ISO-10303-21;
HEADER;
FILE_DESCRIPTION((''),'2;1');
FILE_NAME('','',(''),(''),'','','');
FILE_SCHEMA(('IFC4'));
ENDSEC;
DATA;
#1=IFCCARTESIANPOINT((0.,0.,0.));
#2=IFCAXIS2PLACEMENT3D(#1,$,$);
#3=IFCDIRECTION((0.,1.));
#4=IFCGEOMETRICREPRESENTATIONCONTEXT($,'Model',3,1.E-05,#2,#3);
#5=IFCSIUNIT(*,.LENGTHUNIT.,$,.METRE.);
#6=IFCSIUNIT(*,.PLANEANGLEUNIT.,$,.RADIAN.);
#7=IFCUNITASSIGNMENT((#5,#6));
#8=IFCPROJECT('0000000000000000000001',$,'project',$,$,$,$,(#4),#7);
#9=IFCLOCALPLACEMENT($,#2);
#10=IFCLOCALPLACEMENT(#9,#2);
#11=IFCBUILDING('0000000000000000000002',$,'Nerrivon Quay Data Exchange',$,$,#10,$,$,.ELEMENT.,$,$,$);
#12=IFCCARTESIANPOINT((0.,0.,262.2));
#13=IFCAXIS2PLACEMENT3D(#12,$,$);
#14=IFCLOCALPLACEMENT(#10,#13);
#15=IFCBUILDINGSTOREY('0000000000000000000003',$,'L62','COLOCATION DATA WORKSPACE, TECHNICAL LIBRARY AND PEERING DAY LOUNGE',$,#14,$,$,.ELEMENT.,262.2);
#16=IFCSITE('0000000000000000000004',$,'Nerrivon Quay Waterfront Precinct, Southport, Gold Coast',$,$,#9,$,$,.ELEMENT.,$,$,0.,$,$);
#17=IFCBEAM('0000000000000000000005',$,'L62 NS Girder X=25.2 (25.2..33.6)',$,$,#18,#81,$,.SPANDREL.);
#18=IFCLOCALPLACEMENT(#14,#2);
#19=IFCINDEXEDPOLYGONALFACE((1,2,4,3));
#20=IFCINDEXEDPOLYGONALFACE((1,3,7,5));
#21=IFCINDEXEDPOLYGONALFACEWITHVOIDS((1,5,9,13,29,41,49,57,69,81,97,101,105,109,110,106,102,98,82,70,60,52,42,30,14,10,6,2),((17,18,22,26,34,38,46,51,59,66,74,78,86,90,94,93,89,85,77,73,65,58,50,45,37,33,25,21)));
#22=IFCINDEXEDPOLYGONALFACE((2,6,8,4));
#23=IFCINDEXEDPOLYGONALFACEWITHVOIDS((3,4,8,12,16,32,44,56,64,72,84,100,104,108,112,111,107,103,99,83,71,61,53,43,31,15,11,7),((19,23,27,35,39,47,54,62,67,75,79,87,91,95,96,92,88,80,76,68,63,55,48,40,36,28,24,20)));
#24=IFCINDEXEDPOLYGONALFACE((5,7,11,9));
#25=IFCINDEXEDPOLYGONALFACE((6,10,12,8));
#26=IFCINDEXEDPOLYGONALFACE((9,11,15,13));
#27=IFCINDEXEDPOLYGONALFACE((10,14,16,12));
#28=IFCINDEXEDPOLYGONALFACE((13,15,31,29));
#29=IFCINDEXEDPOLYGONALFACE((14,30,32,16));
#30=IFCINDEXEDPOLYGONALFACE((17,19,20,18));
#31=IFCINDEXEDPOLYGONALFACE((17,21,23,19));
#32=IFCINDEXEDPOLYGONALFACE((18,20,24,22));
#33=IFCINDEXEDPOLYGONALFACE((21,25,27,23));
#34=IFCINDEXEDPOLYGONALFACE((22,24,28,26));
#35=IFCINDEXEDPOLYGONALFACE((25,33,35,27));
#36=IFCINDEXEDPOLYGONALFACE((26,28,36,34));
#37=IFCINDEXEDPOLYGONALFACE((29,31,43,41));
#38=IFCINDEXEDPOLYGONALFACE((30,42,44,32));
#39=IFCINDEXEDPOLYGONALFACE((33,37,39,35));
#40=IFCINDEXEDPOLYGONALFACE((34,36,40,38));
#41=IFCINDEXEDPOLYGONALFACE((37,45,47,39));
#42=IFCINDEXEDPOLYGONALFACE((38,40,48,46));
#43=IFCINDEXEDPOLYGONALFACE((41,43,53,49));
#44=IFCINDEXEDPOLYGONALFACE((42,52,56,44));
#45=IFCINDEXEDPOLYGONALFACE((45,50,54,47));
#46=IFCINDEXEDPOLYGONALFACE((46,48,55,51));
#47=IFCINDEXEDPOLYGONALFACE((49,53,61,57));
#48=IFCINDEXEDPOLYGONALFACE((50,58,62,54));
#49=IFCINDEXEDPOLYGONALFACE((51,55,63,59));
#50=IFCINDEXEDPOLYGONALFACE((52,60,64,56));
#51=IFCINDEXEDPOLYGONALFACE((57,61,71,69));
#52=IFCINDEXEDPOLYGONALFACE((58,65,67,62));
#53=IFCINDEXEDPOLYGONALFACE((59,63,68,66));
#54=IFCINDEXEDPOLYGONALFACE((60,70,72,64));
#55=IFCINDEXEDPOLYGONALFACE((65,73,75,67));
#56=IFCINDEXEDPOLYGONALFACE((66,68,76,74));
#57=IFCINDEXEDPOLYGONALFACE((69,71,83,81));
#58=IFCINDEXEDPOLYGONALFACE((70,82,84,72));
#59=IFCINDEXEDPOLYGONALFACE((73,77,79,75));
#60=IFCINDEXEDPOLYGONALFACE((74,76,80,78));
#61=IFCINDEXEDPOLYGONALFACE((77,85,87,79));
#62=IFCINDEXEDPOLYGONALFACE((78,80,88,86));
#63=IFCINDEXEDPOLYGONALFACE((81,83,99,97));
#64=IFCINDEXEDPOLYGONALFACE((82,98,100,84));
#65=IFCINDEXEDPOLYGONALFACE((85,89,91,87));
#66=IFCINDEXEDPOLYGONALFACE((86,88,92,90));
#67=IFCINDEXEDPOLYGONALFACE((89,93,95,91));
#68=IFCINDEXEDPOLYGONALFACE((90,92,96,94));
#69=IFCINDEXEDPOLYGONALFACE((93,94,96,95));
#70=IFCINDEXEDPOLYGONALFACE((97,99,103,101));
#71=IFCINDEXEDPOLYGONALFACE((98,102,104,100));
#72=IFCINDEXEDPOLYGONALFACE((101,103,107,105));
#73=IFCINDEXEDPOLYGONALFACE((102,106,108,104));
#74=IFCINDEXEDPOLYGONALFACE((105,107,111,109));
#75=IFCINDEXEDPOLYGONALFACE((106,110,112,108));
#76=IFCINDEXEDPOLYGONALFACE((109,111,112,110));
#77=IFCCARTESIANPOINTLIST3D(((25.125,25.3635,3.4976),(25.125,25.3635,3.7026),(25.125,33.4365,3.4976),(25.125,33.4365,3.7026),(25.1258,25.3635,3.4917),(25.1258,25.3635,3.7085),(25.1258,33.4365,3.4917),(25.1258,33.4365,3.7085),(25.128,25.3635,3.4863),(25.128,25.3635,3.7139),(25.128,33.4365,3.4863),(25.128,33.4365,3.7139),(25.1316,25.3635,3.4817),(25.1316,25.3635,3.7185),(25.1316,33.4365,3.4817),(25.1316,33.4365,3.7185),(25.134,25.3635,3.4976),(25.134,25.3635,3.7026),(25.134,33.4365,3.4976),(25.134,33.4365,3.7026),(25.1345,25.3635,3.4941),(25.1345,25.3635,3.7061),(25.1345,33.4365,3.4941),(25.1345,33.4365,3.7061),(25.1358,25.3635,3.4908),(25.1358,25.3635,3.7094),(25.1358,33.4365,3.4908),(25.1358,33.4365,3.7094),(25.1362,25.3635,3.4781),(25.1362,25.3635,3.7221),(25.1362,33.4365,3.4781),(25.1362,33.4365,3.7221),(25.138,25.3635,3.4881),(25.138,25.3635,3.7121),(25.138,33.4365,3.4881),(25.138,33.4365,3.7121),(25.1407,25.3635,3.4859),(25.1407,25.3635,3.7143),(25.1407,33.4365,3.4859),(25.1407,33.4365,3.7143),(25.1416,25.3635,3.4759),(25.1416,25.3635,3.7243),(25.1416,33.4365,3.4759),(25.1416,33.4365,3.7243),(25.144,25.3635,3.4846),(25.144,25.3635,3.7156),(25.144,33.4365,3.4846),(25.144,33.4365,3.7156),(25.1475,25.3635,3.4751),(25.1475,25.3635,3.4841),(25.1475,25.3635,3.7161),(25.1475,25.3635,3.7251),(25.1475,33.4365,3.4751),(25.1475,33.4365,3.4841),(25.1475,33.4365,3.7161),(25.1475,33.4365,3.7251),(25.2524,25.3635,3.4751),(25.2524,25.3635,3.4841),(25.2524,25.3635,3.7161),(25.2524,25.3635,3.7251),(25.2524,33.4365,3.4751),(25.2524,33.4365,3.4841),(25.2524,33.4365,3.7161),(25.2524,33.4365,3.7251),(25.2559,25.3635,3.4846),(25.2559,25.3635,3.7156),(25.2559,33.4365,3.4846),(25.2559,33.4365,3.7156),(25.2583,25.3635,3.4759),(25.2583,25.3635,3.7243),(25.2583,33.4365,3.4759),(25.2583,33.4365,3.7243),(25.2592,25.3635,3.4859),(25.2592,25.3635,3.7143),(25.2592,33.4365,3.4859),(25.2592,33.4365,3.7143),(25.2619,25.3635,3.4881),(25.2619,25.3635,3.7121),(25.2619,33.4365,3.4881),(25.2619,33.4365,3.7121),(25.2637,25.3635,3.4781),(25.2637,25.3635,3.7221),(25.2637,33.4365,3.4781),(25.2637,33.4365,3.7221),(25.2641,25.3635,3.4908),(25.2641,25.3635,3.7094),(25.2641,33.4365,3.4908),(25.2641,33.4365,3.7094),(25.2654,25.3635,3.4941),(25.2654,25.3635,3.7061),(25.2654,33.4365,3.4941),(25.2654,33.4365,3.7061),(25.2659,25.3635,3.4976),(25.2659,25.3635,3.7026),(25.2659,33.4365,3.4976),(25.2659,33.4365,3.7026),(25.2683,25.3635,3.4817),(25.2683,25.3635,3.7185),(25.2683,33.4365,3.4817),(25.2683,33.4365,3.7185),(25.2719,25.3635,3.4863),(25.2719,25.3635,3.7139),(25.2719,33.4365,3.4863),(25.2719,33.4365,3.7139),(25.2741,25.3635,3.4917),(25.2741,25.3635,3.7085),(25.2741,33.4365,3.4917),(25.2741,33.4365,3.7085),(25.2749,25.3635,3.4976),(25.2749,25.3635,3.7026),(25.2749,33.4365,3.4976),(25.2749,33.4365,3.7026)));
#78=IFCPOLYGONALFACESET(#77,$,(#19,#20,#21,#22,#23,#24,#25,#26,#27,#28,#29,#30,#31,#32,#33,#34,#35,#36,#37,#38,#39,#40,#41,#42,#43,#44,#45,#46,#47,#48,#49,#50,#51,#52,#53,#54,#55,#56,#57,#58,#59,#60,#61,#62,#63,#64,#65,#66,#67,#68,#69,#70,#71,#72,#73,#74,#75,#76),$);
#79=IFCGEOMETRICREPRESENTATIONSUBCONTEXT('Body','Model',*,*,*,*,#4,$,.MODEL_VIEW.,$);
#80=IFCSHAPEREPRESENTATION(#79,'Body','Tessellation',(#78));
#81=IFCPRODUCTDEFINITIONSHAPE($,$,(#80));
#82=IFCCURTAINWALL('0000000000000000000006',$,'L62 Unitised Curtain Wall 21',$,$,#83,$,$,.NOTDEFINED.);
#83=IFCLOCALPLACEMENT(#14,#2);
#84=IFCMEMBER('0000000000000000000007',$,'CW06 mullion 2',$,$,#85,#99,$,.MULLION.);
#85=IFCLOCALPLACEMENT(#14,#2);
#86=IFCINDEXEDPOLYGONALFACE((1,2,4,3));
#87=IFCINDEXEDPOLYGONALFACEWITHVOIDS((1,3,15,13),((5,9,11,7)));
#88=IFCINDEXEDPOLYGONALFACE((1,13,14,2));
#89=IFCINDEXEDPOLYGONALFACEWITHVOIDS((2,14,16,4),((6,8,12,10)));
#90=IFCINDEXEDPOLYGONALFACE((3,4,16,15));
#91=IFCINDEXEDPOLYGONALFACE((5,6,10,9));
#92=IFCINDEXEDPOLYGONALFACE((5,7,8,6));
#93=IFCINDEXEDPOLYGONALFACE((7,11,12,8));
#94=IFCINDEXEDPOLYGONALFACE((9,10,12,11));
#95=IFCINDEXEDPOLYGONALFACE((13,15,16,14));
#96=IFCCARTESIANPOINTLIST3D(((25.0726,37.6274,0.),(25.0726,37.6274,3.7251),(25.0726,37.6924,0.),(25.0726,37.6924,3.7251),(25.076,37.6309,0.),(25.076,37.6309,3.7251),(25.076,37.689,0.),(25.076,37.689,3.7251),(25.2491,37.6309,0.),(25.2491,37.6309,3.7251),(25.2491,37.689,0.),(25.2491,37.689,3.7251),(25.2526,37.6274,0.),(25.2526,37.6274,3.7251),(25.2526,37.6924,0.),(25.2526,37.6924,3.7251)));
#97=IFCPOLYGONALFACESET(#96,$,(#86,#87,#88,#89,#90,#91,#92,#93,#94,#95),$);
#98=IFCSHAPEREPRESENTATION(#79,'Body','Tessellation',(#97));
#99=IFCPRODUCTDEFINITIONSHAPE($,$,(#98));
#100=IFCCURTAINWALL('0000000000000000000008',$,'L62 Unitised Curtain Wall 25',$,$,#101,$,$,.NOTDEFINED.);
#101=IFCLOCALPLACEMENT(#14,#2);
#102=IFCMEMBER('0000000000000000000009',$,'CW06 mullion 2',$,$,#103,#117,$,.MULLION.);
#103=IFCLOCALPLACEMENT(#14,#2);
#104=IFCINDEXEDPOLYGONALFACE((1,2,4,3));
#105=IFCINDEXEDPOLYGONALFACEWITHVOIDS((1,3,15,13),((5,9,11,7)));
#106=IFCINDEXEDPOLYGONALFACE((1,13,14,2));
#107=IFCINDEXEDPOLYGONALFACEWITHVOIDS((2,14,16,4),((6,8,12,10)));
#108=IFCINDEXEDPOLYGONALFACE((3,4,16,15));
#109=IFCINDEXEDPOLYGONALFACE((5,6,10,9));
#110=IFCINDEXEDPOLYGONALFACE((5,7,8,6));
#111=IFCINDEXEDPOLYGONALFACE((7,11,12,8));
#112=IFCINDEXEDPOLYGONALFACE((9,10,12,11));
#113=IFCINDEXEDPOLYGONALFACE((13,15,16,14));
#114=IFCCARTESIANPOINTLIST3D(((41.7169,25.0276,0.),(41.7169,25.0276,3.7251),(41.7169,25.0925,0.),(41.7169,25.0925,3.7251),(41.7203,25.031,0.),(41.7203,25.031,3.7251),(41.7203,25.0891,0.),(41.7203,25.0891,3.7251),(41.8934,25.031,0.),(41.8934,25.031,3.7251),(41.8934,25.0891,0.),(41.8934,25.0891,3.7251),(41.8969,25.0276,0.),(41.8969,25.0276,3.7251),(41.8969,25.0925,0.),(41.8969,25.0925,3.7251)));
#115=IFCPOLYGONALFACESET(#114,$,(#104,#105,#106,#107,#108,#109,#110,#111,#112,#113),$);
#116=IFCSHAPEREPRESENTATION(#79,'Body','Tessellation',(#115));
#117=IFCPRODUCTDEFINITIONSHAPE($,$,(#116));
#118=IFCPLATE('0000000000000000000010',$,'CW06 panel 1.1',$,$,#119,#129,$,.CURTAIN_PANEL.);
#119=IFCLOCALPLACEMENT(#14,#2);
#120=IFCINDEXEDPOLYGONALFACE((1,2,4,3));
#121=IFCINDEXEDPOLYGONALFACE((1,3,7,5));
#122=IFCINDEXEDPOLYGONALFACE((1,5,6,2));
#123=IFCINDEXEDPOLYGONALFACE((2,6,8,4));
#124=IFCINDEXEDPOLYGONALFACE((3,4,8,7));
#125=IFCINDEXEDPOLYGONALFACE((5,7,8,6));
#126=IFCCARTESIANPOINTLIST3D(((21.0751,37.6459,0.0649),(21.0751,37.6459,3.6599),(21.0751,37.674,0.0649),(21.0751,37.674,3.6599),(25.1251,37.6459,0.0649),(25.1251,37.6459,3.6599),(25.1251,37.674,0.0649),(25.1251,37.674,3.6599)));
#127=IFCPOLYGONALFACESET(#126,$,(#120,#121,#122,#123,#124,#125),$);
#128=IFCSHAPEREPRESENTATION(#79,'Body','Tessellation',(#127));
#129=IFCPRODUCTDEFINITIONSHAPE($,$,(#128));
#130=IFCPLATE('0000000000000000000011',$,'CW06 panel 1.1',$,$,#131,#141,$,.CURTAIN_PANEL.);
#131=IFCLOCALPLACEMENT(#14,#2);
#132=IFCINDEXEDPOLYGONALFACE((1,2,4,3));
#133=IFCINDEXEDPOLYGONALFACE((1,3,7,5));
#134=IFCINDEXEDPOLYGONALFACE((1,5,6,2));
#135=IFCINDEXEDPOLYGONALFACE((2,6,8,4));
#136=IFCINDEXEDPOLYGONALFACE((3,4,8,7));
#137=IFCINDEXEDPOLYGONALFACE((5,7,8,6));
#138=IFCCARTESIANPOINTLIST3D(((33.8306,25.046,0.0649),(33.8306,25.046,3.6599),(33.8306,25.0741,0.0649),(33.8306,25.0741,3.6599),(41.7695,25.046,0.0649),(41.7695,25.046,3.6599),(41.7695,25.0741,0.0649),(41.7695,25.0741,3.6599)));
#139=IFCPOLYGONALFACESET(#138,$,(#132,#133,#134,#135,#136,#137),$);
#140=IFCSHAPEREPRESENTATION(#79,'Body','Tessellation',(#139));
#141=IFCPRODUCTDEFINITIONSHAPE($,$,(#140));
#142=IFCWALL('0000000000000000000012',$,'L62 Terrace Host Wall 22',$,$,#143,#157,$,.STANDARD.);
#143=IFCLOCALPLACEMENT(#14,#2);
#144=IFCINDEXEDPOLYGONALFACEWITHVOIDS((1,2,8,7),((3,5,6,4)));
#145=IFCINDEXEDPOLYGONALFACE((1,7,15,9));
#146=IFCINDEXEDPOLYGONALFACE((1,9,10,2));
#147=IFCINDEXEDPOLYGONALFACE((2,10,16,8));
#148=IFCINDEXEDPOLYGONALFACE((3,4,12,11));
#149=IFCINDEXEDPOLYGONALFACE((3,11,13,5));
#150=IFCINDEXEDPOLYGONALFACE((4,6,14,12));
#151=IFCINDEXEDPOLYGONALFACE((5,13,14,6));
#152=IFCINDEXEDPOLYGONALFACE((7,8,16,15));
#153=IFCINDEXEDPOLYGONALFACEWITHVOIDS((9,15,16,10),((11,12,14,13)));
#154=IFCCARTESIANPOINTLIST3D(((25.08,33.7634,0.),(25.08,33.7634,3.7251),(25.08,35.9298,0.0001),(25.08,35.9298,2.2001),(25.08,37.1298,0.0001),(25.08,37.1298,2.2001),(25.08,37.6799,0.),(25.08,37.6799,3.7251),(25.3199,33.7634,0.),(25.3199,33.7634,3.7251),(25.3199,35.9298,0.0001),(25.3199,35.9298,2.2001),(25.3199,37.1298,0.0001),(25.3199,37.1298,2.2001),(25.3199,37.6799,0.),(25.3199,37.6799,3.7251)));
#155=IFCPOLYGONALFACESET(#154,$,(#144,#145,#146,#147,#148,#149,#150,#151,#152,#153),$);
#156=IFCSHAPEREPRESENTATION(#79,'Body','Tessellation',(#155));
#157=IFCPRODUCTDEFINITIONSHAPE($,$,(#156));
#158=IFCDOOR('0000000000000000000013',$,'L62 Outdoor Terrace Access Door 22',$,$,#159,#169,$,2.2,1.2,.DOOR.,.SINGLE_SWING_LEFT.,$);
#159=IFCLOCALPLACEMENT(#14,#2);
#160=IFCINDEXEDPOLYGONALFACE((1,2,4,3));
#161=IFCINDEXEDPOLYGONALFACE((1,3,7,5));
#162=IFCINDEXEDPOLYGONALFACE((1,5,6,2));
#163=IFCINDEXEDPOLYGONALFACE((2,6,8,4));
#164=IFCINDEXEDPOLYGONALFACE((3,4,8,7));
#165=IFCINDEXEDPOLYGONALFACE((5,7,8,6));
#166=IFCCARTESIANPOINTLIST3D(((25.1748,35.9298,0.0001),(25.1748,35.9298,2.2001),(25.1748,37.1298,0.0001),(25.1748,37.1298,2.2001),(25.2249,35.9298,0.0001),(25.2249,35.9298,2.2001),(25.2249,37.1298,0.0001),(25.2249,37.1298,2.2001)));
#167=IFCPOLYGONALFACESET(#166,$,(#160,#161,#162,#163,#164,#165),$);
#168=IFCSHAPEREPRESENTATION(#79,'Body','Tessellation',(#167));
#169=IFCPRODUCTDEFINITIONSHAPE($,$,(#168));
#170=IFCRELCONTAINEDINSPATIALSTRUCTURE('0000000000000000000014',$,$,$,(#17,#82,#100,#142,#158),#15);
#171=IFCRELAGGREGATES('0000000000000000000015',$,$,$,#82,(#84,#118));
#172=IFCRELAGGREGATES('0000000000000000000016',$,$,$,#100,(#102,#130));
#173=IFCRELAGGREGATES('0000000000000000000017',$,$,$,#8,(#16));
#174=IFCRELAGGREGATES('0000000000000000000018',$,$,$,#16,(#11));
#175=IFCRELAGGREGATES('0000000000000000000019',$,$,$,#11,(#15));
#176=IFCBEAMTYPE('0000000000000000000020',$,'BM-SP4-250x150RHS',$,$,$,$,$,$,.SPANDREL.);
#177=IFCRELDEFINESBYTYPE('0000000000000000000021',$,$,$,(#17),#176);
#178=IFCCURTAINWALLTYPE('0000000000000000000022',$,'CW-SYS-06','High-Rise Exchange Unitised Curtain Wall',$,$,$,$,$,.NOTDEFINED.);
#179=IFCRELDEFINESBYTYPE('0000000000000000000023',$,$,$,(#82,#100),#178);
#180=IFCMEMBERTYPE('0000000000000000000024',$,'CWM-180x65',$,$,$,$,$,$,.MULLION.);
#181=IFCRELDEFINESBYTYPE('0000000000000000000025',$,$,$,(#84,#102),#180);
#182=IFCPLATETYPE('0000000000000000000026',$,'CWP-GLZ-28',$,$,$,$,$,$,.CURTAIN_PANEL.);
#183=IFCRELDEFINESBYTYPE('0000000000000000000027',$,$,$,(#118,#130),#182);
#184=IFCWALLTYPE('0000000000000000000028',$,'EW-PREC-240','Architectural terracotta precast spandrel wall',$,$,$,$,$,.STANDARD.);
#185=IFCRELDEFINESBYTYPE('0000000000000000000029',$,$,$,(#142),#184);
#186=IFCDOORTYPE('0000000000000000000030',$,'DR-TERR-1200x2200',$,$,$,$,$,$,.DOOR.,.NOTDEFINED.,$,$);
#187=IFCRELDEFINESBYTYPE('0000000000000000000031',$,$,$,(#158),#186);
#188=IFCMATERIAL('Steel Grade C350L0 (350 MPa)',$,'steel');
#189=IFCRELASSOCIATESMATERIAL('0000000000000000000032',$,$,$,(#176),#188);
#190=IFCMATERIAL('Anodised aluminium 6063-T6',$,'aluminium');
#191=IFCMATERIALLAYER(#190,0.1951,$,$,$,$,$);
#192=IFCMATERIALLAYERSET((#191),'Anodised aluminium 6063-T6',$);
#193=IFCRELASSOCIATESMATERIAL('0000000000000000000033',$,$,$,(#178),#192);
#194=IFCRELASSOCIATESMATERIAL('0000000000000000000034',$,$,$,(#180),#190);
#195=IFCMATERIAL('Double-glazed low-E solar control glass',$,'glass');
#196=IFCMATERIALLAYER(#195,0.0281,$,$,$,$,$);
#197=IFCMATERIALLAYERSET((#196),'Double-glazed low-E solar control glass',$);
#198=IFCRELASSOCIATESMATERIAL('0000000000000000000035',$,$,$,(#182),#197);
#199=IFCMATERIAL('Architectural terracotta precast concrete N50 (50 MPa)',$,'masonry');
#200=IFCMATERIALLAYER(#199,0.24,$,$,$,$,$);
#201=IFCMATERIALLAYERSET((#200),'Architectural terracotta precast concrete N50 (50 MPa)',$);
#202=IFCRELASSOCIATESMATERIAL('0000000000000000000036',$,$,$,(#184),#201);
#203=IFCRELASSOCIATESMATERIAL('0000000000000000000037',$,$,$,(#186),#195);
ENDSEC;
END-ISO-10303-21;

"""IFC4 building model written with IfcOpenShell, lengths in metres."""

from ifc_helpers import new_model, si_unit, direction, frame, frame_2d, origin, origin_2d, place, context, subcontext, project, spatial, rectangle, hollow_rectangle, extrude, material, layer, layer_set, material_profile, profile_set, type_object, element, fill, aggregate, save


model = new_model("IFC4")

# Units and contexts
model_context = context("Model", 3, precision=1e-05, world=origin(), true_north=direction((0.0, 1.0)))
body_context = subcontext(model_context, "Body", "Model", "MODEL_VIEW")
ifc_project = project(units=[si_unit("LENGTHUNIT", "METRE"), si_unit("PLANEANGLEUNIT", "RADIAN")], contexts=[model_context])

# Site, building, storey
site_placement = place(None, origin())
site = spatial("IfcSite", under=ifc_project, at=site_placement, Name="Nerrivon Quay Waterfront Precinct, Southport, Gold Coast", CompositionType="ELEMENT", RefElevation=0.0)
building_placement = place(site_placement, origin())
building = spatial("IfcBuilding", under=site, at=building_placement, Name="Nerrivon Quay Data Exchange", CompositionType="ELEMENT")
storey_placement = place(building_placement, frame((0.0, 0.0, 262.2)))
storey = spatial("IfcBuildingStorey", under=building, at=storey_placement, Name="L62", Description="COLOCATION DATA WORKSPACE, TECHNICAL LIBRARY AND PEERING DAY LOUNGE", CompositionType="ELEMENT", Elevation=262.2)

# Beam
ifc_material_1 = material(Name="Steel Grade C350L0 (350 MPa)", Category="steel")
ifc_material_profile_1 = material_profile(ifc_material_1, hollow_rectangle(XDim=0.1499, YDim=0.25, WallThickness=0.009, InnerFilletRadius=0.0134, OuterFilletRadius=0.0225, at=origin_2d()), Name="250x150x9.0RHS")
ifc_profile_set_1 = profile_set([ifc_material_profile_1], Name="Steel Grade C350L0 (350 MPa)")
beam_type = type_object("IfcBeamType", Name="BM-SP4-250x150RHS", PredefinedType="SPANDREL", material=ifc_profile_set_1)
beam_placement = place(storey_placement, frame((25.2, 25.3635, 3.6001), z_axis=(0.0, 1.0, 0.0), x_axis=(-1.0, 0.0, 0.0)))
element("IfcBeam", 1, at=beam_placement, inside=storey, type_object=beam_type, Name="L62 NS Girder X=25.2 (25.2..33.6)", PredefinedType="SPANDREL", context=body_context, shape_type="SweptSolid", body=[
    extrude(hollow_rectangle(XDim=0.1499, YDim=0.25, WallThickness=0.009, InnerFilletRadius=0.0134, OuterFilletRadius=0.0225, at=origin_2d()), origin(), (0.0, 0.0, 1.0), 8.073),
])

# Curtain walls, members
ifc_material_2 = material(Name="Anodised aluminium 6063-T6", Category="aluminium")
ifc_layer_1 = layer(ifc_material_2, 0.1951)
ifc_layer_set_1 = layer_set([ifc_layer_1], Name="Anodised aluminium 6063-T6")
curtain_wall_type = type_object("IfcCurtainWallType", Name="CW-SYS-06", Description="High-Rise Exchange Unitised Curtain Wall", PredefinedType="NOTDEFINED", material=ifc_layer_set_1)
curtain_wall_1_placement = place(storey_placement, origin())
curtain_wall_1 = element("IfcCurtainWall", 2, at=curtain_wall_1_placement, inside=storey, type_object=curtain_wall_type, Name="L62 Unitised Curtain Wall 21", PredefinedType="NOTDEFINED")
ifc_material_profile_2 = material_profile(ifc_material_2, hollow_rectangle(XDim=0.0649, YDim=0.1799, WallThickness=0.0034, at=origin_2d()), Name="ALU-MULL-180x65")
ifc_profile_set_2 = profile_set([ifc_material_profile_2], Name="Anodised aluminium 6063-T6")
member_type = type_object("IfcMemberType", Name="CWM-180x65", PredefinedType="MULLION", material=ifc_profile_set_2)
member_1_placement = place(storey_placement, frame((25.1626, 37.6599, 0.0), z_axis=(0.0, 0.0, 1.0), x_axis=(0.0, 1.0, 0.0)))
member_1 = element("IfcMember", 3, at=member_1_placement, type_object=member_type, Name="CW06 mullion 2", PredefinedType="MULLION", context=body_context, shape_type="SweptSolid", body=[
    extrude(hollow_rectangle(XDim=0.0649, YDim=0.1799, WallThickness=0.0034, at=origin_2d()), origin(), (0.0, 0.0, 1.0), 3.7251),
])
curtain_wall_2_placement = place(storey_placement, origin())
curtain_wall_2 = element("IfcCurtainWall", 4, at=curtain_wall_2_placement, inside=storey, type_object=curtain_wall_type, Name="L62 Unitised Curtain Wall 25", PredefinedType="NOTDEFINED")
member_2_placement = place(storey_placement, frame((41.8069, 25.0601, 0.0), z_axis=(0.0, 0.0, 1.0), x_axis=(0.0, 1.0, 0.0)))
member_2 = element("IfcMember", 5, at=member_2_placement, type_object=member_type, Name="CW06 mullion 2", PredefinedType="MULLION", context=body_context, shape_type="SweptSolid", body=[
    extrude(hollow_rectangle(XDim=0.0649, YDim=0.1799, WallThickness=0.0034, at=origin_2d()), origin(), (0.0, 0.0, 1.0), 3.7251),
])

# Plates
ifc_material_3 = material(Name="Double-glazed low-E solar control glass", Category="glass")
ifc_layer_2 = layer(ifc_material_3, 0.0281)
ifc_layer_set_2 = layer_set([ifc_layer_2], Name="Double-glazed low-E solar control glass")
plate_type = type_object("IfcPlateType", Name="CWP-GLZ-28", PredefinedType="CURTAIN_PANEL", material=ifc_layer_set_2)
plate_1_placement = place(storey_placement, frame((23.1001, 37.6599, 0.0649), z_axis=(0.0, 0.0, 1.0), x_axis=(1.0, 0.0, 0.0)))
plate_1 = element("IfcPlate", 6, at=plate_1_placement, type_object=plate_type, Name="CW06 panel 1.1", PredefinedType="CURTAIN_PANEL", context=body_context, shape_type="SweptSolid", body=[
    extrude(rectangle(XDim=4.05, YDim=0.0281, at=origin_2d()), origin(), (0.0, 0.0, 1.0), 3.595),
])
aggregate(curtain_wall_1, [member_1, plate_1])
plate_2_placement = place(storey_placement, frame((37.8, 25.0601, 0.0649), z_axis=(0.0, 0.0, 1.0), x_axis=(1.0, 0.0, 0.0)))
plate_2 = element("IfcPlate", 7, at=plate_2_placement, type_object=plate_type, Name="CW06 panel 1.1", PredefinedType="CURTAIN_PANEL", context=body_context, shape_type="SweptSolid", body=[
    extrude(rectangle(XDim=7.939, YDim=0.0281, at=origin_2d()), origin(), (0.0, 0.0, 1.0), 3.595),
])
aggregate(curtain_wall_2, [member_2, plate_2])

# Wall, opening, door
ifc_material_4 = material(Name="Architectural terracotta precast concrete N50 (50 MPa)", Category="masonry")
ifc_layer_3 = layer(ifc_material_4, 0.24)
ifc_layer_set_3 = layer_set([ifc_layer_3], Name="Architectural terracotta precast concrete N50 (50 MPa)")
wall_type = type_object("IfcWallType", Name="EW-PREC-240", Description="Architectural terracotta precast spandrel wall", PredefinedType="STANDARD", material=ifc_layer_set_3)
wall_1_placement = place(storey_placement, frame((25.2, 37.6799, 0.0), z_axis=(0.0, 0.0, 1.0), x_axis=(0.0, -1.0, 0.0)))
wall_1 = element("IfcWall", 8, at=wall_1_placement, inside=storey, type_object=wall_type, Name="L62 Terrace Host Wall 22", PredefinedType="STANDARD", context=body_context, shape_type="SweptSolid", body=[
    extrude(rectangle(XDim=3.9165, YDim=0.24, at=frame_2d((1.9583, 0.0))), origin(), (0.0, 0.0, 1.0), 3.7251),
])
opening_1_placement = place(wall_1_placement, frame((0.55, 0.0, 0.0)))
opening_1 = element("IfcOpeningElement", 9, at=opening_1_placement, cuts=wall_1, PredefinedType="OPENING", context=body_context, shape_type="SweptSolid", body=[
    extrude(rectangle(XDim=1.2, YDim=2.2, at=frame_2d((0.6001, 1.1001))), frame((0.0, 0.1299, 0.0), z_axis=(0.0, -1.0, 0.0), x_axis=(1.0, 0.0, 0.0)), (0.0, 0.0, 1.0), 0.26),
])
door_type = type_object("IfcDoorType", Name="DR-TERR-1200x2200", OperationType="NOTDEFINED", PredefinedType="DOOR", material=ifc_material_3)
door_1_placement = place(opening_1_placement, origin())
door_1 = element("IfcDoor", 10, at=door_1_placement, inside=storey, type_object=door_type, Name="L62 Outdoor Terrace Access Door 22", OperationType="SINGLE_SWING_LEFT", OverallHeight=2.2, OverallWidth=1.2, PredefinedType="DOOR", context=body_context, shape_type="SweptSolid", body=[
    extrude(rectangle(XDim=1.2, YDim=2.2, at=frame_2d((0.6001, 1.1001))), frame((0.0, 0.0249, 0.0), z_axis=(0.0, -1.0, 0.0), x_axis=(1.0, 0.0, 0.0)), (0.0, 0.0, 1.0), 0.05),
])
fill(opening_1, door_1)

save(model, "model.ifc")
